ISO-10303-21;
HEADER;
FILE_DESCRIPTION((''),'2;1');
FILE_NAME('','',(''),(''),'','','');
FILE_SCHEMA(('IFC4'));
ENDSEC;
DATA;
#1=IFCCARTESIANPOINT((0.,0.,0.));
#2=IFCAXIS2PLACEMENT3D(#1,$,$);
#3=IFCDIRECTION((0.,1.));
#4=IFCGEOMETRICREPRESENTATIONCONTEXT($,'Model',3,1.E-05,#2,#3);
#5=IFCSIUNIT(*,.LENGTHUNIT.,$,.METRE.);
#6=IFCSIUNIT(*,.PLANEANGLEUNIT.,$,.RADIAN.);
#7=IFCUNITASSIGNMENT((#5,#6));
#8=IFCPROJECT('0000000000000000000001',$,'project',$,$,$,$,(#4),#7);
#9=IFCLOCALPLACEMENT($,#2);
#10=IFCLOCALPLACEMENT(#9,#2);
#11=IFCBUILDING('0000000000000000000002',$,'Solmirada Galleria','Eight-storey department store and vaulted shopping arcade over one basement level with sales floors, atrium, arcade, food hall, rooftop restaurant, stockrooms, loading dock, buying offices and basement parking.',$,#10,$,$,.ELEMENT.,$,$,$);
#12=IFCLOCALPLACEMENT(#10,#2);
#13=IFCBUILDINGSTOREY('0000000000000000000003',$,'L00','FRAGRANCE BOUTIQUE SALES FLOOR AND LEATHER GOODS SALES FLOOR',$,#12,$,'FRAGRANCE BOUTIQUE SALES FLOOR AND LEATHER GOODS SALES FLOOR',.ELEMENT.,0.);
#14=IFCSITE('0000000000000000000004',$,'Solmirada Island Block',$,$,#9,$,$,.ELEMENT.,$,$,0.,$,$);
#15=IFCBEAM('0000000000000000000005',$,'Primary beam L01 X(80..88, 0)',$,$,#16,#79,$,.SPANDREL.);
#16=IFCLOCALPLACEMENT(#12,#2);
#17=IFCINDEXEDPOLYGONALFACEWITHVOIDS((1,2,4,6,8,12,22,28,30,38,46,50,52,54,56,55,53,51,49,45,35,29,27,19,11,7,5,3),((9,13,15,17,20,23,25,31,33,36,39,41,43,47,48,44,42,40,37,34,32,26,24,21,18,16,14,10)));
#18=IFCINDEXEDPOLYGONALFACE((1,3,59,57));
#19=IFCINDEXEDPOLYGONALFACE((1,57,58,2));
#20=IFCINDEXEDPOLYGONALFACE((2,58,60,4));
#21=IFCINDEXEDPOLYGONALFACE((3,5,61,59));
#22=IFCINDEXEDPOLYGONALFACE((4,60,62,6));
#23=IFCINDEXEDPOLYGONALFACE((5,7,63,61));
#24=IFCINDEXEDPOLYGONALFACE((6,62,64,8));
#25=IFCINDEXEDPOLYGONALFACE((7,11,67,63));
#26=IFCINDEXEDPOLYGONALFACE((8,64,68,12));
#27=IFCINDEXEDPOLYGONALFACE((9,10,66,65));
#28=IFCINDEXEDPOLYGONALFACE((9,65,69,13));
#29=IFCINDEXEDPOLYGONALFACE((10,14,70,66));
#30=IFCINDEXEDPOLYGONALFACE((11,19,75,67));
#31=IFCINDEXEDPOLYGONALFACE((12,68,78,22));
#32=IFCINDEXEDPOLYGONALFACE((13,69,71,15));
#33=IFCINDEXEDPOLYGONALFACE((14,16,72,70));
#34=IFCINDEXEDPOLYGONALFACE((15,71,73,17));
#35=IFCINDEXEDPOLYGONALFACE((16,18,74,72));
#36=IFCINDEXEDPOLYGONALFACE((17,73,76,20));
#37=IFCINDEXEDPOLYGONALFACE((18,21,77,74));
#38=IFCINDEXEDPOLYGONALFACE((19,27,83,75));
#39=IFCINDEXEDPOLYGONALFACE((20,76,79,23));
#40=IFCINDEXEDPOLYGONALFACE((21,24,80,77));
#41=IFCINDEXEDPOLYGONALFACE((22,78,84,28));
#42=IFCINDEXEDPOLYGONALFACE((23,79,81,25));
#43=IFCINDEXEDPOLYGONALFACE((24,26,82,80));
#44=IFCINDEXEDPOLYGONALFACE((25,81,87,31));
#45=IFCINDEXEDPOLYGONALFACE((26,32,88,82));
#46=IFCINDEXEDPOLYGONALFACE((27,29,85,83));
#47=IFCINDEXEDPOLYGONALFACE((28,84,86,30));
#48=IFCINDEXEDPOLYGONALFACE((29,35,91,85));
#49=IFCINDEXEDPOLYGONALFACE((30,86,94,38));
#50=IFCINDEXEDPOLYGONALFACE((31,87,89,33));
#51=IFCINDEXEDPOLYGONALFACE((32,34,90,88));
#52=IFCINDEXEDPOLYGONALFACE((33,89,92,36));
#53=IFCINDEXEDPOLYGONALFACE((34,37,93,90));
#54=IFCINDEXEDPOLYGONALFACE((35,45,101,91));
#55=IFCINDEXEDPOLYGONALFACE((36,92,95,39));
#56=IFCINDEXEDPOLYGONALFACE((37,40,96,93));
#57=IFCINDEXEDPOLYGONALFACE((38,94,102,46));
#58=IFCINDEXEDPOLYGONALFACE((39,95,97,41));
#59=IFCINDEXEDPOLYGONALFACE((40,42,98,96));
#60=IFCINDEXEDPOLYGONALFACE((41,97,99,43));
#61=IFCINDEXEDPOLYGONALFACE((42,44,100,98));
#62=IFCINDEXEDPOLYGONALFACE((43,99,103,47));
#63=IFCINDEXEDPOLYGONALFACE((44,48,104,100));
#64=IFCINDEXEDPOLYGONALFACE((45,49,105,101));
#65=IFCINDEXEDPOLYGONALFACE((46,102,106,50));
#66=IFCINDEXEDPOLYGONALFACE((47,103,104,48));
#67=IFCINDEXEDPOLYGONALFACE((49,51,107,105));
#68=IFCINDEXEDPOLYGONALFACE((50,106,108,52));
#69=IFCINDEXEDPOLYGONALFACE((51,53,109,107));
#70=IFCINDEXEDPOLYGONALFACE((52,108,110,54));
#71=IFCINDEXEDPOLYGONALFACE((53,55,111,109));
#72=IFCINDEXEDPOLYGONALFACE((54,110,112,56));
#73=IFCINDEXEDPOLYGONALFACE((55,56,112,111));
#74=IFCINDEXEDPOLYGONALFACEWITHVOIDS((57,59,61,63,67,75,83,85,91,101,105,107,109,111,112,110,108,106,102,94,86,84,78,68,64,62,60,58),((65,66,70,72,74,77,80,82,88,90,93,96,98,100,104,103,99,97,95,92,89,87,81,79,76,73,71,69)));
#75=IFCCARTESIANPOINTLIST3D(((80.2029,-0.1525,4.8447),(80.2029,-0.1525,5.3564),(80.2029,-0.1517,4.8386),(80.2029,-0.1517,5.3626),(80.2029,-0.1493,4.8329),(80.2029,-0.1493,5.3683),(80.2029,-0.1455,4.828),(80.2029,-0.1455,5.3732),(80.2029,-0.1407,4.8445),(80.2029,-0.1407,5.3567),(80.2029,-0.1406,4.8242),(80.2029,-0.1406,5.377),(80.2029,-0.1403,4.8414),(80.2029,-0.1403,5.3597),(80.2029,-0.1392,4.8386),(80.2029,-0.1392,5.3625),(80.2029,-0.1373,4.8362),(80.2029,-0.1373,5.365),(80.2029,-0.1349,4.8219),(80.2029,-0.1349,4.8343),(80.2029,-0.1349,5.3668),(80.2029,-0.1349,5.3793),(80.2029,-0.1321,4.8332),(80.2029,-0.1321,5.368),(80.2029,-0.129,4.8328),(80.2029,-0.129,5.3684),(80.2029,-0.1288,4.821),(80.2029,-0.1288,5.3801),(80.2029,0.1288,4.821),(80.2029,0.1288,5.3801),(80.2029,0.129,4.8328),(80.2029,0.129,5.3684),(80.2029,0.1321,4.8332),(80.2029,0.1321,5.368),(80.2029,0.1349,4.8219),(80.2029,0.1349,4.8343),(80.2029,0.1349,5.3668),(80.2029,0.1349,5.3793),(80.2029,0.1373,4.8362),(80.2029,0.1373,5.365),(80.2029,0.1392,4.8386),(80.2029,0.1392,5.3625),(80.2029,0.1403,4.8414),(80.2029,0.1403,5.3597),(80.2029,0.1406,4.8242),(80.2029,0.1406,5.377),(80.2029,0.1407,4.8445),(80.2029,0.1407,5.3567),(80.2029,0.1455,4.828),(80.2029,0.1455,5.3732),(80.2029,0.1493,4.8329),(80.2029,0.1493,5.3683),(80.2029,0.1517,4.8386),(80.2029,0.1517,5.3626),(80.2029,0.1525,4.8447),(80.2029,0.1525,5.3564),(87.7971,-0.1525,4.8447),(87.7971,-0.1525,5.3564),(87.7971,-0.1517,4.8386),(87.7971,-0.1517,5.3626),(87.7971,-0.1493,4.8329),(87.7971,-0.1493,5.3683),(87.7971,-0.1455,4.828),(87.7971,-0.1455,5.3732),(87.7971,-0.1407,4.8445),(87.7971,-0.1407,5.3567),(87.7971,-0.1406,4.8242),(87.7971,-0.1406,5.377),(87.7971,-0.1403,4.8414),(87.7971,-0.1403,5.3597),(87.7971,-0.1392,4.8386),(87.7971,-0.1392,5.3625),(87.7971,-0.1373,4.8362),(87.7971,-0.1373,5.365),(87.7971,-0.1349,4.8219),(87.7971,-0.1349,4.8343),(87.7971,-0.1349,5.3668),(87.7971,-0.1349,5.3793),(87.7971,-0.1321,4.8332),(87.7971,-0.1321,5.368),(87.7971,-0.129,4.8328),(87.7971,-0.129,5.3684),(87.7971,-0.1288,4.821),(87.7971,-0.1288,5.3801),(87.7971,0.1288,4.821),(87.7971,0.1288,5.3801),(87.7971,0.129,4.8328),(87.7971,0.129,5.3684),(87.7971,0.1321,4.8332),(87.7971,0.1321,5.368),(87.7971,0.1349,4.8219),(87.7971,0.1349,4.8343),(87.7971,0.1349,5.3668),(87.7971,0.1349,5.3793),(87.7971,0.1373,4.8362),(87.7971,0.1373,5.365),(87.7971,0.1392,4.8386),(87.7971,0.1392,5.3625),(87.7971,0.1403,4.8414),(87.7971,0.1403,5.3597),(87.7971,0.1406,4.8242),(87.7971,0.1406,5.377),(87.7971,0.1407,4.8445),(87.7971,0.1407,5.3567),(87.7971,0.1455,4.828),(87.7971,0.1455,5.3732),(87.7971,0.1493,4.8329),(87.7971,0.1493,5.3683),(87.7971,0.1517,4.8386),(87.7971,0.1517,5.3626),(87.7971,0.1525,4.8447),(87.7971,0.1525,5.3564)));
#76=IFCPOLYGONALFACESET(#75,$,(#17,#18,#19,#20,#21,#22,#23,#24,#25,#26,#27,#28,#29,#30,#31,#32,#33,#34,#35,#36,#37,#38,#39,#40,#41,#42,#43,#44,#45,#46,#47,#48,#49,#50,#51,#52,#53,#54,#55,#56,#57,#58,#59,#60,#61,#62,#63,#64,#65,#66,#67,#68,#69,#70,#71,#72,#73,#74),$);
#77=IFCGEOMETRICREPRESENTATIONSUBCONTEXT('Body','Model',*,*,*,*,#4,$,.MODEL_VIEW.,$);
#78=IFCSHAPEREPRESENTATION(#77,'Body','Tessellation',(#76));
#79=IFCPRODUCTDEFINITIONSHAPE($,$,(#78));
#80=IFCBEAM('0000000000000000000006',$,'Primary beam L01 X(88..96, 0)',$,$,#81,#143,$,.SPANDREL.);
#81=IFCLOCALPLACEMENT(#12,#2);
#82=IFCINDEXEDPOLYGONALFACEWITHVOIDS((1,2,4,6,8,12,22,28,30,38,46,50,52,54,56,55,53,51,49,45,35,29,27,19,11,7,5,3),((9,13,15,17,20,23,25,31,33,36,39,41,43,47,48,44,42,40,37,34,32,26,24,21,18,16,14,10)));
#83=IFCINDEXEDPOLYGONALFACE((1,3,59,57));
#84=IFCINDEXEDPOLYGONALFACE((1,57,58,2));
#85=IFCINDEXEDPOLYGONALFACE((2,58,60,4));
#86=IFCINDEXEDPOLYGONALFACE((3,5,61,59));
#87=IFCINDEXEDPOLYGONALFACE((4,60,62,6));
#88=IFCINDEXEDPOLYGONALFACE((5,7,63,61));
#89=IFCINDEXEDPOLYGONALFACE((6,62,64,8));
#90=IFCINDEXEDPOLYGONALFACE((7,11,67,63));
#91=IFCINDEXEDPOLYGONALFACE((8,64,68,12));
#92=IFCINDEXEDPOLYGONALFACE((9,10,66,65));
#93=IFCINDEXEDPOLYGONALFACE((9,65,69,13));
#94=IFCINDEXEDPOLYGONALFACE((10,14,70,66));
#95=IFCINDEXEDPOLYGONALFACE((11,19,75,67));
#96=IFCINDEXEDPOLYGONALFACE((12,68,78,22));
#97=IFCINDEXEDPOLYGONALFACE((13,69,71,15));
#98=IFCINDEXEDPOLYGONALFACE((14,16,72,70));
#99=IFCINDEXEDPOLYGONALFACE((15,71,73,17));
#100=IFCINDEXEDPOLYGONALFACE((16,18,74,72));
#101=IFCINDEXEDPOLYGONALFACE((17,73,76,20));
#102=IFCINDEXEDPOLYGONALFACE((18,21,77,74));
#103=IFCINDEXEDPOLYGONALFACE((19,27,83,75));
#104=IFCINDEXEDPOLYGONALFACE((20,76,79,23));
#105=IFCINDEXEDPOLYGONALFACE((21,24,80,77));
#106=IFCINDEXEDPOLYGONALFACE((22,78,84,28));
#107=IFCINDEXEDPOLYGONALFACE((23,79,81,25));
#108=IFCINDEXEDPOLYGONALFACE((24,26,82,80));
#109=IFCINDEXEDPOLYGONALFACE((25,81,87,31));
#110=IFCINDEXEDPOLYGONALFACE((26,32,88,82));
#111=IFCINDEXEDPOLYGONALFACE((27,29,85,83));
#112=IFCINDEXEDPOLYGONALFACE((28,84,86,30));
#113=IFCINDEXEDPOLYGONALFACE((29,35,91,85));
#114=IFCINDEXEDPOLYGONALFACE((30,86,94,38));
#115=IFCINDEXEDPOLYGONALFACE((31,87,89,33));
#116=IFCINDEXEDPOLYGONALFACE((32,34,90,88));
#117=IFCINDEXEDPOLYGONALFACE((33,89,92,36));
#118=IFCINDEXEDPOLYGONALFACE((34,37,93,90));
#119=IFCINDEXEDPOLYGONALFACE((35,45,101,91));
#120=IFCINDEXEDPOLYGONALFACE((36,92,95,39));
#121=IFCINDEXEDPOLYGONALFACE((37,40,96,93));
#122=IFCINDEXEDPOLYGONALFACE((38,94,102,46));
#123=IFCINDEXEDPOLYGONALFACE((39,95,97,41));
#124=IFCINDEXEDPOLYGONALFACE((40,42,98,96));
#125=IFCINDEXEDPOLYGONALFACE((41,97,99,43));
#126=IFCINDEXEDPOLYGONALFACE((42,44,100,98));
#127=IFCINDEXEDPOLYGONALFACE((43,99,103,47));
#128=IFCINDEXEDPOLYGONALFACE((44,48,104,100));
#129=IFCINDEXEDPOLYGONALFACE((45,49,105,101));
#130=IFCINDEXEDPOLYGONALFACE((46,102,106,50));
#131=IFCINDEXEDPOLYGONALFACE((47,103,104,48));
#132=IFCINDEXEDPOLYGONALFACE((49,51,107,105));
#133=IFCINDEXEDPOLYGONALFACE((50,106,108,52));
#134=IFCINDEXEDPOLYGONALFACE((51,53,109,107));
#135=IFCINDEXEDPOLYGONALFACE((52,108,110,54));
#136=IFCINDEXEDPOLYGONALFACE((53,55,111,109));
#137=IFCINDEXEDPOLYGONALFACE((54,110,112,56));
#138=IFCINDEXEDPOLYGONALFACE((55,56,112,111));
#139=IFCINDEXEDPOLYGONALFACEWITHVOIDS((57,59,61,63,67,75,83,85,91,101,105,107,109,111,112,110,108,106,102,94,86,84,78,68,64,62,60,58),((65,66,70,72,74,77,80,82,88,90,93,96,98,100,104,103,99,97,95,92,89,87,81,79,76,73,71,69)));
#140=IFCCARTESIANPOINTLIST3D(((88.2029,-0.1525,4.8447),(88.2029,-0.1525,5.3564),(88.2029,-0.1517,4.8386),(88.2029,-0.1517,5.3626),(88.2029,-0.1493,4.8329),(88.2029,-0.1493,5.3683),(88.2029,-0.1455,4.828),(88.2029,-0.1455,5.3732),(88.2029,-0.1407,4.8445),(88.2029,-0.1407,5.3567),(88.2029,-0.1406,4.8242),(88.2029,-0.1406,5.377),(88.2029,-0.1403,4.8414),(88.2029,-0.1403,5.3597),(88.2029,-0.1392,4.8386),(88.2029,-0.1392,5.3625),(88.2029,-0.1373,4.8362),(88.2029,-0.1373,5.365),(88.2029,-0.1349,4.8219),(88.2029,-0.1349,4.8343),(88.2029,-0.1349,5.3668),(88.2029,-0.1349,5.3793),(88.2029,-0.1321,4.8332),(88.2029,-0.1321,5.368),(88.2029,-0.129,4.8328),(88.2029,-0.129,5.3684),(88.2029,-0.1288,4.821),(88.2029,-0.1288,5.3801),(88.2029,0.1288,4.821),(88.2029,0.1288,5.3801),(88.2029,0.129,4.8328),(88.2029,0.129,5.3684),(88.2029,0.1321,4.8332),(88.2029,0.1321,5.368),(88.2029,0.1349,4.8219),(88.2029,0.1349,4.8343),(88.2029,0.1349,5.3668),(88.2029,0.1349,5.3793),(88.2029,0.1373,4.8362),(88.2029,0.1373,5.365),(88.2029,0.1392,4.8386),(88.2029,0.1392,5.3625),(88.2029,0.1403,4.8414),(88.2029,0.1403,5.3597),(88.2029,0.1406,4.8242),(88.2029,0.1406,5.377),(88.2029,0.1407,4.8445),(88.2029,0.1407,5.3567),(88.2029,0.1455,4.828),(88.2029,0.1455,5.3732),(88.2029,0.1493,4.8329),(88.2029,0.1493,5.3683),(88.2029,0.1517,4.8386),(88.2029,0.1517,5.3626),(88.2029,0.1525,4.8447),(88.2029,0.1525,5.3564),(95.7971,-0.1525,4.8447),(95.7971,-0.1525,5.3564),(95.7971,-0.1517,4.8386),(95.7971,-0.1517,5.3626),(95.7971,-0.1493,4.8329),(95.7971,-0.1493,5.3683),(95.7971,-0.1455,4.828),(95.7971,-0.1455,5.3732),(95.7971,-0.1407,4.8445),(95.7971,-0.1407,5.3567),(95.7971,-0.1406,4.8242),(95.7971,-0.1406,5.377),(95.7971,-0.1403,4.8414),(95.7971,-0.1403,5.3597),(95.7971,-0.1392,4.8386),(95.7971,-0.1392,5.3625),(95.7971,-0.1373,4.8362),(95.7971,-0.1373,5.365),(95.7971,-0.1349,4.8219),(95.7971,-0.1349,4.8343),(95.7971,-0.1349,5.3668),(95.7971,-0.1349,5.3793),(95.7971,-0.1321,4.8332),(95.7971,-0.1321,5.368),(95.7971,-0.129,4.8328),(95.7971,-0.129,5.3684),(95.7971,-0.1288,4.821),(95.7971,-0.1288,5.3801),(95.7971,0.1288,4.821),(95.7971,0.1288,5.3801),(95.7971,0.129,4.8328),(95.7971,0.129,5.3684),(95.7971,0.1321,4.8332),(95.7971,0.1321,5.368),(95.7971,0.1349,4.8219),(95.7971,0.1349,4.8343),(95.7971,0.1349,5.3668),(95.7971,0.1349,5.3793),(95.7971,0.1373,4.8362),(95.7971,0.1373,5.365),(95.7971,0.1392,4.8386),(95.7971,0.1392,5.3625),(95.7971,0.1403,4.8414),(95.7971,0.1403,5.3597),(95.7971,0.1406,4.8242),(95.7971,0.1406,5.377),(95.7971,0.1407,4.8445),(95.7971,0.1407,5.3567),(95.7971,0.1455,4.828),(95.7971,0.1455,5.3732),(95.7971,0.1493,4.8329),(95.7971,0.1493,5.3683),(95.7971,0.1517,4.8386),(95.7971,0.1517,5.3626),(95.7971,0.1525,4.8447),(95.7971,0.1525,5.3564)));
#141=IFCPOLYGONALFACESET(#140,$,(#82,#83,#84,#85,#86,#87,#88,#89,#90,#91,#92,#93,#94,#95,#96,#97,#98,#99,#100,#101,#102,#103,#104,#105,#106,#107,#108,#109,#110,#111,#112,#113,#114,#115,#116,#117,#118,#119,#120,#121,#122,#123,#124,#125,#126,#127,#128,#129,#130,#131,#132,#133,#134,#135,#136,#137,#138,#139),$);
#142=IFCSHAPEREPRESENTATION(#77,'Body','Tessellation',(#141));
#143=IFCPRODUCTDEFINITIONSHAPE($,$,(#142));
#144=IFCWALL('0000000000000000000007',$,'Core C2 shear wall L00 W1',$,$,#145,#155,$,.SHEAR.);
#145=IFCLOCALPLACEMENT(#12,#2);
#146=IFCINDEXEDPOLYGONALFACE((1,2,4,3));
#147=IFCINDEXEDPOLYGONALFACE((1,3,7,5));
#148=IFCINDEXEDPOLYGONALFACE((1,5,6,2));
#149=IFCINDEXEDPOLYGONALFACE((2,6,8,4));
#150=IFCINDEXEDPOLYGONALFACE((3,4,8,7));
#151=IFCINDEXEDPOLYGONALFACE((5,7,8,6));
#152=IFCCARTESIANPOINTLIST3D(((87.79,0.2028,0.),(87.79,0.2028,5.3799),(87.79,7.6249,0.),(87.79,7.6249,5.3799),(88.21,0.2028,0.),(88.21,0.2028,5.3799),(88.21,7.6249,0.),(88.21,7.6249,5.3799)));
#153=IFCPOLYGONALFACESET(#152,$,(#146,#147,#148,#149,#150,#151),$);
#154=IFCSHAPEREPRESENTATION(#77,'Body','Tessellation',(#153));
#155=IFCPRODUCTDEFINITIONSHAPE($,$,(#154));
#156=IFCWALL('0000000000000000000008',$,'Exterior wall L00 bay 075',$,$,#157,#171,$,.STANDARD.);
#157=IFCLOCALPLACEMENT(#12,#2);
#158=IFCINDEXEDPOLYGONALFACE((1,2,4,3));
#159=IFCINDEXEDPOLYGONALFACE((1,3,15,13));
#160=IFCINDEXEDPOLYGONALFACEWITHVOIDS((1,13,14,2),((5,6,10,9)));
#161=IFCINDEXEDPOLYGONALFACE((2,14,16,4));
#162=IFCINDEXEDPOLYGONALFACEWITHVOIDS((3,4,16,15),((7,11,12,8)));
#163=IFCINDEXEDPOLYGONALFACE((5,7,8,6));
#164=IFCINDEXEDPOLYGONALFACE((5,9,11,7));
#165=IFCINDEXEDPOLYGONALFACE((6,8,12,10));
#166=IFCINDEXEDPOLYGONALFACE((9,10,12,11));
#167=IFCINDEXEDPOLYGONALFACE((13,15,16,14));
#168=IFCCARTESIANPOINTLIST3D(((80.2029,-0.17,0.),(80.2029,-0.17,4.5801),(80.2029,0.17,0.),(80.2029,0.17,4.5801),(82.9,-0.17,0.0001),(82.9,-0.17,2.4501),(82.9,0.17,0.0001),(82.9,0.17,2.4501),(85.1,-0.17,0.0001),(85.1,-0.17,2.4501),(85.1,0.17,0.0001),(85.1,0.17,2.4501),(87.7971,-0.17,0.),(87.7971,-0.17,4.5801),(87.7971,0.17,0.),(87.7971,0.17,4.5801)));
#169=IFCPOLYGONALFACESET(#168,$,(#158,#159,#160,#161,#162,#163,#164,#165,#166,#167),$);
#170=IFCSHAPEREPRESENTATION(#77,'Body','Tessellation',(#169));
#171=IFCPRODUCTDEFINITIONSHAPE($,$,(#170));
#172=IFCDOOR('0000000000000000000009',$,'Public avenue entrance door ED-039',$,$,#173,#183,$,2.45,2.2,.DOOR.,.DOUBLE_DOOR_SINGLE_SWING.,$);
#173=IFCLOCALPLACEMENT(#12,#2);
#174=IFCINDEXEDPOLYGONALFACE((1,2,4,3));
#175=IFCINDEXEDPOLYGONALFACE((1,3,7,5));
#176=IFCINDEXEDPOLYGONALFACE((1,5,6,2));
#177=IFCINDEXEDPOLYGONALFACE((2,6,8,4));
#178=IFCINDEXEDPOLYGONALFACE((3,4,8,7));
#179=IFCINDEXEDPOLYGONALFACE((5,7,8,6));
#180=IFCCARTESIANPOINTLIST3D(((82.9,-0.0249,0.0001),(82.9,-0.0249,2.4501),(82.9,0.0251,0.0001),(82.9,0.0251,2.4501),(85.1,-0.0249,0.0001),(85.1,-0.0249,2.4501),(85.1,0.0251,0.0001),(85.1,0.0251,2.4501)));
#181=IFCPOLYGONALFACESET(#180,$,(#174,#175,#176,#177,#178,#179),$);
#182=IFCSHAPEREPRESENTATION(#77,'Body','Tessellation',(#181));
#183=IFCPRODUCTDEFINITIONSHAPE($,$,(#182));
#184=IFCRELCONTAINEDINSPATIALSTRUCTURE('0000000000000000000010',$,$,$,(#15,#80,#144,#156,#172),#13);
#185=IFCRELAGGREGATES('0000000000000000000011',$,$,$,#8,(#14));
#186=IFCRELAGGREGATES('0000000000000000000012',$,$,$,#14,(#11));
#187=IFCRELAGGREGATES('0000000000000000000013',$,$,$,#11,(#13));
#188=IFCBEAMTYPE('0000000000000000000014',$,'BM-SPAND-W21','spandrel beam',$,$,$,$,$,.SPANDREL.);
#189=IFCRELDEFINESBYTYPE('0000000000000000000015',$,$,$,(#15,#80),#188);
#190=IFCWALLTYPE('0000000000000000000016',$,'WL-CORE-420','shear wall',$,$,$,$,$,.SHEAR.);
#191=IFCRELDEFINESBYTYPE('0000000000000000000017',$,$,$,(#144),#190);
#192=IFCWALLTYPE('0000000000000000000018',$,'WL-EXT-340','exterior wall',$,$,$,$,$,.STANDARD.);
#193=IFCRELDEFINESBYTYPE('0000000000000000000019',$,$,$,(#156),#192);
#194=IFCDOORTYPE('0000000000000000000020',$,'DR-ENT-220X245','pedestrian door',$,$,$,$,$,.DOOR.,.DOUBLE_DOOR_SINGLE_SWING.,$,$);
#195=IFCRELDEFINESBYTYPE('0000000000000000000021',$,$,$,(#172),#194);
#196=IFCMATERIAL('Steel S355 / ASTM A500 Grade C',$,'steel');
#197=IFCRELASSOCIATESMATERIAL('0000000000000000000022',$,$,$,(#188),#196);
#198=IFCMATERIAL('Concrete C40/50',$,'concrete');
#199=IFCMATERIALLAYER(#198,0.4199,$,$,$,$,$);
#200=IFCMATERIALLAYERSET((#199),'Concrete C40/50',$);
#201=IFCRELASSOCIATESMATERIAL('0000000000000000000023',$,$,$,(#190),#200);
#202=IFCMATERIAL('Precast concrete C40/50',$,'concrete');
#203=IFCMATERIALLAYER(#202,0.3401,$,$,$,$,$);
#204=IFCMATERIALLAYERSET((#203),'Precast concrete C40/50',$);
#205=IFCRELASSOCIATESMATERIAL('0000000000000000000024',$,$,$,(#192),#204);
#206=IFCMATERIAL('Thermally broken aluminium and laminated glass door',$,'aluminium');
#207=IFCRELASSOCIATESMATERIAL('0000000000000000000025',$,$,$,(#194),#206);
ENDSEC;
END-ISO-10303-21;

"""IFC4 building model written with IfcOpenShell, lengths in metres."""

from ifc_helpers import new_model, si_unit, direction, frame, frame_2d, origin, origin_2d, place, context, subcontext, project, spatial, rectangle, hollow_rectangle, extrude, material, layer, layer_set, material_profile, profile_set, type_object, element, fill, save


model = new_model("IFC4")

# Units and contexts
model_context = context("Model", 3, precision=1e-05, world=origin(), true_north=direction((0.0, 1.0)))
body_context = subcontext(model_context, "Body", "Model", "MODEL_VIEW")
ifc_project = project(units=[si_unit("LENGTHUNIT", "METRE"), si_unit("PLANEANGLEUNIT", "RADIAN")], contexts=[model_context])

# Site, building, storey
site_placement = place(None, origin())
site = spatial("IfcSite", under=ifc_project, at=site_placement, Name="Solmirada Island Block", CompositionType="ELEMENT", RefElevation=0.0)
building_placement = place(site_placement, origin())
building = spatial("IfcBuilding", under=site, at=building_placement, Name="Solmirada Galleria", Description="Eight-storey department store and vaulted shopping arcade over one basement level with sales floors, atrium, arcade, food hall, rooftop restaurant, stockrooms, loading dock, buying offices and basement parking.", CompositionType="ELEMENT")
storey_placement = place(building_placement, origin())
storey = spatial("IfcBuildingStorey", under=building, at=storey_placement, Name="L00", Description="FRAGRANCE BOUTIQUE SALES FLOOR AND LEATHER GOODS SALES FLOOR", LongName="FRAGRANCE BOUTIQUE SALES FLOOR AND LEATHER GOODS SALES FLOOR", CompositionType="ELEMENT", Elevation=0.0)

# Shared definitions
ifc_material_1 = material(Name="Steel S355 / ASTM A500 Grade C", Category="steel")
ifc_material_2 = material(Name="Concrete C40/50", Category="concrete")

# Beams
ifc_material_profile_1 = material_profile(ifc_material_1, hollow_rectangle(XDim=0.3049, YDim=0.5591, WallThickness=0.0117, InnerFilletRadius=0.0117, OuterFilletRadius=0.0237, at=origin_2d()), Name="HSS22X12X1/2")
ifc_profile_set_1 = profile_set([ifc_material_profile_1], Name="Steel S355 / ASTM A500 Grade C")
beam_type_1 = type_object("IfcBeamType", Name="BM-SPAND-W21", Description="spandrel beam", PredefinedType="SPANDREL", material=ifc_profile_set_1)
for number, where, z_axis, x_axis, name in (
    (1, (80.2029, 0.0, 5.1006), (1.0, 0.0, 0.0), (0.0, 1.0, 0.0), "Primary beam L01 X(80..88, 0)"),
    (2, (88.2029, 0.0, 5.1006), (1.0, 0.0, 0.0), (0.0, 1.0, 0.0), "Primary beam L01 X(88..96, 0)"),
):
    element("IfcBeam", number, at=place(storey_placement, frame(where, z_axis=z_axis, x_axis=x_axis)), inside=storey, type_object=beam_type_1, Name=name, PredefinedType="SPANDREL", context=body_context, shape_type="SweptSolid", body=[
        extrude(hollow_rectangle(XDim=0.3049, YDim=0.5591, WallThickness=0.0117, InnerFilletRadius=0.0117, OuterFilletRadius=0.0237, at=origin_2d()), origin(), (0.0, 0.0, 1.0), 7.5942),
    ])

# Wall
ifc_layer_1 = layer(ifc_material_2, 0.4199)
ifc_layer_set_1 = layer_set([ifc_layer_1], Name="Concrete C40/50")
wall_type_1 = type_object("IfcWallType", Name="WL-CORE-420", Description="shear wall", PredefinedType="SHEAR", material=ifc_layer_set_1)
wall_1_placement = place(storey_placement, frame((88.0, 0.2029, 0.0), z_axis=(0.0, 0.0, 1.0), x_axis=(0.0, 1.0, 0.0)))
element("IfcWall", 3, at=wall_1_placement, inside=storey, type_object=wall_type_1, Name="Core C2 shear wall L00 W1", PredefinedType="SHEAR", context=body_context, shape_type="SweptSolid", body=[
    extrude(rectangle(XDim=7.4221, YDim=0.4199, at=frame_2d((3.7109, 0.0))), origin(), (0.0, 0.0, 1.0), 5.3799),
])

# Wall, opening, door
ifc_material_3 = material(Name="Precast concrete C40/50", Category="concrete")
ifc_layer_2 = layer(ifc_material_3, 0.3401)
ifc_layer_set_2 = layer_set([ifc_layer_2], Name="Precast concrete C40/50")
wall_type_2 = type_object("IfcWallType", Name="WL-EXT-340", Description="exterior wall", PredefinedType="STANDARD", material=ifc_layer_set_2)
wall_2_placement = place(storey_placement, frame((87.7971, 0.0, 0.0), z_axis=(0.0, 0.0, 1.0), x_axis=(-1.0, 0.0, 0.0)))
wall_2 = element("IfcWall", 4, at=wall_2_placement, inside=storey, type_object=wall_type_2, Name="Exterior wall L00 bay 075", PredefinedType="STANDARD", context=body_context, shape_type="SweptSolid", body=[
    extrude(rectangle(XDim=7.5942, YDim=0.3401, at=frame_2d((3.7971, 0.0))), origin(), (0.0, 0.0, 1.0), 4.5801),
])
opening_placement = place(wall_2_placement, frame((2.697, 0.0, 0.0)))
opening = element("IfcOpeningElement", 5, at=opening_placement, cuts=wall_2, PredefinedType="OPENING", context=body_context, shape_type="SweptSolid", body=[
    extrude(rectangle(XDim=2.2, YDim=2.45, at=frame_2d((1.1001, 1.2251))), frame((0.0, 0.1799, 0.0), z_axis=(0.0, -1.0, 0.0), x_axis=(1.0, 0.0, 0.0)), (0.0, 0.0, 1.0), 0.3601),
])
ifc_material_4 = material(Name="Thermally broken aluminium and laminated glass door", Category="aluminium")
door_type = type_object("IfcDoorType", Name="DR-ENT-220X245", Description="pedestrian door", OperationType="DOUBLE_DOOR_SINGLE_SWING", PredefinedType="DOOR", material=ifc_material_4)
door_placement = place(opening_placement, origin())
door = element("IfcDoor", 6, at=door_placement, inside=storey, type_object=door_type, Name="Public avenue entrance door ED-039", OperationType="DOUBLE_DOOR_SINGLE_SWING", OverallHeight=2.45, OverallWidth=2.2, PredefinedType="DOOR", context=body_context, shape_type="SweptSolid", body=[
    extrude(rectangle(XDim=2.2, YDim=2.45, at=frame_2d((1.1001, 1.2251))), frame((0.0, 0.0249, 0.0), z_axis=(0.0, -1.0, 0.0), x_axis=(1.0, 0.0, 0.0)), (0.0, 0.0, 1.0), 0.05),
])
fill(opening, door)

save(model, "model.ifc")
